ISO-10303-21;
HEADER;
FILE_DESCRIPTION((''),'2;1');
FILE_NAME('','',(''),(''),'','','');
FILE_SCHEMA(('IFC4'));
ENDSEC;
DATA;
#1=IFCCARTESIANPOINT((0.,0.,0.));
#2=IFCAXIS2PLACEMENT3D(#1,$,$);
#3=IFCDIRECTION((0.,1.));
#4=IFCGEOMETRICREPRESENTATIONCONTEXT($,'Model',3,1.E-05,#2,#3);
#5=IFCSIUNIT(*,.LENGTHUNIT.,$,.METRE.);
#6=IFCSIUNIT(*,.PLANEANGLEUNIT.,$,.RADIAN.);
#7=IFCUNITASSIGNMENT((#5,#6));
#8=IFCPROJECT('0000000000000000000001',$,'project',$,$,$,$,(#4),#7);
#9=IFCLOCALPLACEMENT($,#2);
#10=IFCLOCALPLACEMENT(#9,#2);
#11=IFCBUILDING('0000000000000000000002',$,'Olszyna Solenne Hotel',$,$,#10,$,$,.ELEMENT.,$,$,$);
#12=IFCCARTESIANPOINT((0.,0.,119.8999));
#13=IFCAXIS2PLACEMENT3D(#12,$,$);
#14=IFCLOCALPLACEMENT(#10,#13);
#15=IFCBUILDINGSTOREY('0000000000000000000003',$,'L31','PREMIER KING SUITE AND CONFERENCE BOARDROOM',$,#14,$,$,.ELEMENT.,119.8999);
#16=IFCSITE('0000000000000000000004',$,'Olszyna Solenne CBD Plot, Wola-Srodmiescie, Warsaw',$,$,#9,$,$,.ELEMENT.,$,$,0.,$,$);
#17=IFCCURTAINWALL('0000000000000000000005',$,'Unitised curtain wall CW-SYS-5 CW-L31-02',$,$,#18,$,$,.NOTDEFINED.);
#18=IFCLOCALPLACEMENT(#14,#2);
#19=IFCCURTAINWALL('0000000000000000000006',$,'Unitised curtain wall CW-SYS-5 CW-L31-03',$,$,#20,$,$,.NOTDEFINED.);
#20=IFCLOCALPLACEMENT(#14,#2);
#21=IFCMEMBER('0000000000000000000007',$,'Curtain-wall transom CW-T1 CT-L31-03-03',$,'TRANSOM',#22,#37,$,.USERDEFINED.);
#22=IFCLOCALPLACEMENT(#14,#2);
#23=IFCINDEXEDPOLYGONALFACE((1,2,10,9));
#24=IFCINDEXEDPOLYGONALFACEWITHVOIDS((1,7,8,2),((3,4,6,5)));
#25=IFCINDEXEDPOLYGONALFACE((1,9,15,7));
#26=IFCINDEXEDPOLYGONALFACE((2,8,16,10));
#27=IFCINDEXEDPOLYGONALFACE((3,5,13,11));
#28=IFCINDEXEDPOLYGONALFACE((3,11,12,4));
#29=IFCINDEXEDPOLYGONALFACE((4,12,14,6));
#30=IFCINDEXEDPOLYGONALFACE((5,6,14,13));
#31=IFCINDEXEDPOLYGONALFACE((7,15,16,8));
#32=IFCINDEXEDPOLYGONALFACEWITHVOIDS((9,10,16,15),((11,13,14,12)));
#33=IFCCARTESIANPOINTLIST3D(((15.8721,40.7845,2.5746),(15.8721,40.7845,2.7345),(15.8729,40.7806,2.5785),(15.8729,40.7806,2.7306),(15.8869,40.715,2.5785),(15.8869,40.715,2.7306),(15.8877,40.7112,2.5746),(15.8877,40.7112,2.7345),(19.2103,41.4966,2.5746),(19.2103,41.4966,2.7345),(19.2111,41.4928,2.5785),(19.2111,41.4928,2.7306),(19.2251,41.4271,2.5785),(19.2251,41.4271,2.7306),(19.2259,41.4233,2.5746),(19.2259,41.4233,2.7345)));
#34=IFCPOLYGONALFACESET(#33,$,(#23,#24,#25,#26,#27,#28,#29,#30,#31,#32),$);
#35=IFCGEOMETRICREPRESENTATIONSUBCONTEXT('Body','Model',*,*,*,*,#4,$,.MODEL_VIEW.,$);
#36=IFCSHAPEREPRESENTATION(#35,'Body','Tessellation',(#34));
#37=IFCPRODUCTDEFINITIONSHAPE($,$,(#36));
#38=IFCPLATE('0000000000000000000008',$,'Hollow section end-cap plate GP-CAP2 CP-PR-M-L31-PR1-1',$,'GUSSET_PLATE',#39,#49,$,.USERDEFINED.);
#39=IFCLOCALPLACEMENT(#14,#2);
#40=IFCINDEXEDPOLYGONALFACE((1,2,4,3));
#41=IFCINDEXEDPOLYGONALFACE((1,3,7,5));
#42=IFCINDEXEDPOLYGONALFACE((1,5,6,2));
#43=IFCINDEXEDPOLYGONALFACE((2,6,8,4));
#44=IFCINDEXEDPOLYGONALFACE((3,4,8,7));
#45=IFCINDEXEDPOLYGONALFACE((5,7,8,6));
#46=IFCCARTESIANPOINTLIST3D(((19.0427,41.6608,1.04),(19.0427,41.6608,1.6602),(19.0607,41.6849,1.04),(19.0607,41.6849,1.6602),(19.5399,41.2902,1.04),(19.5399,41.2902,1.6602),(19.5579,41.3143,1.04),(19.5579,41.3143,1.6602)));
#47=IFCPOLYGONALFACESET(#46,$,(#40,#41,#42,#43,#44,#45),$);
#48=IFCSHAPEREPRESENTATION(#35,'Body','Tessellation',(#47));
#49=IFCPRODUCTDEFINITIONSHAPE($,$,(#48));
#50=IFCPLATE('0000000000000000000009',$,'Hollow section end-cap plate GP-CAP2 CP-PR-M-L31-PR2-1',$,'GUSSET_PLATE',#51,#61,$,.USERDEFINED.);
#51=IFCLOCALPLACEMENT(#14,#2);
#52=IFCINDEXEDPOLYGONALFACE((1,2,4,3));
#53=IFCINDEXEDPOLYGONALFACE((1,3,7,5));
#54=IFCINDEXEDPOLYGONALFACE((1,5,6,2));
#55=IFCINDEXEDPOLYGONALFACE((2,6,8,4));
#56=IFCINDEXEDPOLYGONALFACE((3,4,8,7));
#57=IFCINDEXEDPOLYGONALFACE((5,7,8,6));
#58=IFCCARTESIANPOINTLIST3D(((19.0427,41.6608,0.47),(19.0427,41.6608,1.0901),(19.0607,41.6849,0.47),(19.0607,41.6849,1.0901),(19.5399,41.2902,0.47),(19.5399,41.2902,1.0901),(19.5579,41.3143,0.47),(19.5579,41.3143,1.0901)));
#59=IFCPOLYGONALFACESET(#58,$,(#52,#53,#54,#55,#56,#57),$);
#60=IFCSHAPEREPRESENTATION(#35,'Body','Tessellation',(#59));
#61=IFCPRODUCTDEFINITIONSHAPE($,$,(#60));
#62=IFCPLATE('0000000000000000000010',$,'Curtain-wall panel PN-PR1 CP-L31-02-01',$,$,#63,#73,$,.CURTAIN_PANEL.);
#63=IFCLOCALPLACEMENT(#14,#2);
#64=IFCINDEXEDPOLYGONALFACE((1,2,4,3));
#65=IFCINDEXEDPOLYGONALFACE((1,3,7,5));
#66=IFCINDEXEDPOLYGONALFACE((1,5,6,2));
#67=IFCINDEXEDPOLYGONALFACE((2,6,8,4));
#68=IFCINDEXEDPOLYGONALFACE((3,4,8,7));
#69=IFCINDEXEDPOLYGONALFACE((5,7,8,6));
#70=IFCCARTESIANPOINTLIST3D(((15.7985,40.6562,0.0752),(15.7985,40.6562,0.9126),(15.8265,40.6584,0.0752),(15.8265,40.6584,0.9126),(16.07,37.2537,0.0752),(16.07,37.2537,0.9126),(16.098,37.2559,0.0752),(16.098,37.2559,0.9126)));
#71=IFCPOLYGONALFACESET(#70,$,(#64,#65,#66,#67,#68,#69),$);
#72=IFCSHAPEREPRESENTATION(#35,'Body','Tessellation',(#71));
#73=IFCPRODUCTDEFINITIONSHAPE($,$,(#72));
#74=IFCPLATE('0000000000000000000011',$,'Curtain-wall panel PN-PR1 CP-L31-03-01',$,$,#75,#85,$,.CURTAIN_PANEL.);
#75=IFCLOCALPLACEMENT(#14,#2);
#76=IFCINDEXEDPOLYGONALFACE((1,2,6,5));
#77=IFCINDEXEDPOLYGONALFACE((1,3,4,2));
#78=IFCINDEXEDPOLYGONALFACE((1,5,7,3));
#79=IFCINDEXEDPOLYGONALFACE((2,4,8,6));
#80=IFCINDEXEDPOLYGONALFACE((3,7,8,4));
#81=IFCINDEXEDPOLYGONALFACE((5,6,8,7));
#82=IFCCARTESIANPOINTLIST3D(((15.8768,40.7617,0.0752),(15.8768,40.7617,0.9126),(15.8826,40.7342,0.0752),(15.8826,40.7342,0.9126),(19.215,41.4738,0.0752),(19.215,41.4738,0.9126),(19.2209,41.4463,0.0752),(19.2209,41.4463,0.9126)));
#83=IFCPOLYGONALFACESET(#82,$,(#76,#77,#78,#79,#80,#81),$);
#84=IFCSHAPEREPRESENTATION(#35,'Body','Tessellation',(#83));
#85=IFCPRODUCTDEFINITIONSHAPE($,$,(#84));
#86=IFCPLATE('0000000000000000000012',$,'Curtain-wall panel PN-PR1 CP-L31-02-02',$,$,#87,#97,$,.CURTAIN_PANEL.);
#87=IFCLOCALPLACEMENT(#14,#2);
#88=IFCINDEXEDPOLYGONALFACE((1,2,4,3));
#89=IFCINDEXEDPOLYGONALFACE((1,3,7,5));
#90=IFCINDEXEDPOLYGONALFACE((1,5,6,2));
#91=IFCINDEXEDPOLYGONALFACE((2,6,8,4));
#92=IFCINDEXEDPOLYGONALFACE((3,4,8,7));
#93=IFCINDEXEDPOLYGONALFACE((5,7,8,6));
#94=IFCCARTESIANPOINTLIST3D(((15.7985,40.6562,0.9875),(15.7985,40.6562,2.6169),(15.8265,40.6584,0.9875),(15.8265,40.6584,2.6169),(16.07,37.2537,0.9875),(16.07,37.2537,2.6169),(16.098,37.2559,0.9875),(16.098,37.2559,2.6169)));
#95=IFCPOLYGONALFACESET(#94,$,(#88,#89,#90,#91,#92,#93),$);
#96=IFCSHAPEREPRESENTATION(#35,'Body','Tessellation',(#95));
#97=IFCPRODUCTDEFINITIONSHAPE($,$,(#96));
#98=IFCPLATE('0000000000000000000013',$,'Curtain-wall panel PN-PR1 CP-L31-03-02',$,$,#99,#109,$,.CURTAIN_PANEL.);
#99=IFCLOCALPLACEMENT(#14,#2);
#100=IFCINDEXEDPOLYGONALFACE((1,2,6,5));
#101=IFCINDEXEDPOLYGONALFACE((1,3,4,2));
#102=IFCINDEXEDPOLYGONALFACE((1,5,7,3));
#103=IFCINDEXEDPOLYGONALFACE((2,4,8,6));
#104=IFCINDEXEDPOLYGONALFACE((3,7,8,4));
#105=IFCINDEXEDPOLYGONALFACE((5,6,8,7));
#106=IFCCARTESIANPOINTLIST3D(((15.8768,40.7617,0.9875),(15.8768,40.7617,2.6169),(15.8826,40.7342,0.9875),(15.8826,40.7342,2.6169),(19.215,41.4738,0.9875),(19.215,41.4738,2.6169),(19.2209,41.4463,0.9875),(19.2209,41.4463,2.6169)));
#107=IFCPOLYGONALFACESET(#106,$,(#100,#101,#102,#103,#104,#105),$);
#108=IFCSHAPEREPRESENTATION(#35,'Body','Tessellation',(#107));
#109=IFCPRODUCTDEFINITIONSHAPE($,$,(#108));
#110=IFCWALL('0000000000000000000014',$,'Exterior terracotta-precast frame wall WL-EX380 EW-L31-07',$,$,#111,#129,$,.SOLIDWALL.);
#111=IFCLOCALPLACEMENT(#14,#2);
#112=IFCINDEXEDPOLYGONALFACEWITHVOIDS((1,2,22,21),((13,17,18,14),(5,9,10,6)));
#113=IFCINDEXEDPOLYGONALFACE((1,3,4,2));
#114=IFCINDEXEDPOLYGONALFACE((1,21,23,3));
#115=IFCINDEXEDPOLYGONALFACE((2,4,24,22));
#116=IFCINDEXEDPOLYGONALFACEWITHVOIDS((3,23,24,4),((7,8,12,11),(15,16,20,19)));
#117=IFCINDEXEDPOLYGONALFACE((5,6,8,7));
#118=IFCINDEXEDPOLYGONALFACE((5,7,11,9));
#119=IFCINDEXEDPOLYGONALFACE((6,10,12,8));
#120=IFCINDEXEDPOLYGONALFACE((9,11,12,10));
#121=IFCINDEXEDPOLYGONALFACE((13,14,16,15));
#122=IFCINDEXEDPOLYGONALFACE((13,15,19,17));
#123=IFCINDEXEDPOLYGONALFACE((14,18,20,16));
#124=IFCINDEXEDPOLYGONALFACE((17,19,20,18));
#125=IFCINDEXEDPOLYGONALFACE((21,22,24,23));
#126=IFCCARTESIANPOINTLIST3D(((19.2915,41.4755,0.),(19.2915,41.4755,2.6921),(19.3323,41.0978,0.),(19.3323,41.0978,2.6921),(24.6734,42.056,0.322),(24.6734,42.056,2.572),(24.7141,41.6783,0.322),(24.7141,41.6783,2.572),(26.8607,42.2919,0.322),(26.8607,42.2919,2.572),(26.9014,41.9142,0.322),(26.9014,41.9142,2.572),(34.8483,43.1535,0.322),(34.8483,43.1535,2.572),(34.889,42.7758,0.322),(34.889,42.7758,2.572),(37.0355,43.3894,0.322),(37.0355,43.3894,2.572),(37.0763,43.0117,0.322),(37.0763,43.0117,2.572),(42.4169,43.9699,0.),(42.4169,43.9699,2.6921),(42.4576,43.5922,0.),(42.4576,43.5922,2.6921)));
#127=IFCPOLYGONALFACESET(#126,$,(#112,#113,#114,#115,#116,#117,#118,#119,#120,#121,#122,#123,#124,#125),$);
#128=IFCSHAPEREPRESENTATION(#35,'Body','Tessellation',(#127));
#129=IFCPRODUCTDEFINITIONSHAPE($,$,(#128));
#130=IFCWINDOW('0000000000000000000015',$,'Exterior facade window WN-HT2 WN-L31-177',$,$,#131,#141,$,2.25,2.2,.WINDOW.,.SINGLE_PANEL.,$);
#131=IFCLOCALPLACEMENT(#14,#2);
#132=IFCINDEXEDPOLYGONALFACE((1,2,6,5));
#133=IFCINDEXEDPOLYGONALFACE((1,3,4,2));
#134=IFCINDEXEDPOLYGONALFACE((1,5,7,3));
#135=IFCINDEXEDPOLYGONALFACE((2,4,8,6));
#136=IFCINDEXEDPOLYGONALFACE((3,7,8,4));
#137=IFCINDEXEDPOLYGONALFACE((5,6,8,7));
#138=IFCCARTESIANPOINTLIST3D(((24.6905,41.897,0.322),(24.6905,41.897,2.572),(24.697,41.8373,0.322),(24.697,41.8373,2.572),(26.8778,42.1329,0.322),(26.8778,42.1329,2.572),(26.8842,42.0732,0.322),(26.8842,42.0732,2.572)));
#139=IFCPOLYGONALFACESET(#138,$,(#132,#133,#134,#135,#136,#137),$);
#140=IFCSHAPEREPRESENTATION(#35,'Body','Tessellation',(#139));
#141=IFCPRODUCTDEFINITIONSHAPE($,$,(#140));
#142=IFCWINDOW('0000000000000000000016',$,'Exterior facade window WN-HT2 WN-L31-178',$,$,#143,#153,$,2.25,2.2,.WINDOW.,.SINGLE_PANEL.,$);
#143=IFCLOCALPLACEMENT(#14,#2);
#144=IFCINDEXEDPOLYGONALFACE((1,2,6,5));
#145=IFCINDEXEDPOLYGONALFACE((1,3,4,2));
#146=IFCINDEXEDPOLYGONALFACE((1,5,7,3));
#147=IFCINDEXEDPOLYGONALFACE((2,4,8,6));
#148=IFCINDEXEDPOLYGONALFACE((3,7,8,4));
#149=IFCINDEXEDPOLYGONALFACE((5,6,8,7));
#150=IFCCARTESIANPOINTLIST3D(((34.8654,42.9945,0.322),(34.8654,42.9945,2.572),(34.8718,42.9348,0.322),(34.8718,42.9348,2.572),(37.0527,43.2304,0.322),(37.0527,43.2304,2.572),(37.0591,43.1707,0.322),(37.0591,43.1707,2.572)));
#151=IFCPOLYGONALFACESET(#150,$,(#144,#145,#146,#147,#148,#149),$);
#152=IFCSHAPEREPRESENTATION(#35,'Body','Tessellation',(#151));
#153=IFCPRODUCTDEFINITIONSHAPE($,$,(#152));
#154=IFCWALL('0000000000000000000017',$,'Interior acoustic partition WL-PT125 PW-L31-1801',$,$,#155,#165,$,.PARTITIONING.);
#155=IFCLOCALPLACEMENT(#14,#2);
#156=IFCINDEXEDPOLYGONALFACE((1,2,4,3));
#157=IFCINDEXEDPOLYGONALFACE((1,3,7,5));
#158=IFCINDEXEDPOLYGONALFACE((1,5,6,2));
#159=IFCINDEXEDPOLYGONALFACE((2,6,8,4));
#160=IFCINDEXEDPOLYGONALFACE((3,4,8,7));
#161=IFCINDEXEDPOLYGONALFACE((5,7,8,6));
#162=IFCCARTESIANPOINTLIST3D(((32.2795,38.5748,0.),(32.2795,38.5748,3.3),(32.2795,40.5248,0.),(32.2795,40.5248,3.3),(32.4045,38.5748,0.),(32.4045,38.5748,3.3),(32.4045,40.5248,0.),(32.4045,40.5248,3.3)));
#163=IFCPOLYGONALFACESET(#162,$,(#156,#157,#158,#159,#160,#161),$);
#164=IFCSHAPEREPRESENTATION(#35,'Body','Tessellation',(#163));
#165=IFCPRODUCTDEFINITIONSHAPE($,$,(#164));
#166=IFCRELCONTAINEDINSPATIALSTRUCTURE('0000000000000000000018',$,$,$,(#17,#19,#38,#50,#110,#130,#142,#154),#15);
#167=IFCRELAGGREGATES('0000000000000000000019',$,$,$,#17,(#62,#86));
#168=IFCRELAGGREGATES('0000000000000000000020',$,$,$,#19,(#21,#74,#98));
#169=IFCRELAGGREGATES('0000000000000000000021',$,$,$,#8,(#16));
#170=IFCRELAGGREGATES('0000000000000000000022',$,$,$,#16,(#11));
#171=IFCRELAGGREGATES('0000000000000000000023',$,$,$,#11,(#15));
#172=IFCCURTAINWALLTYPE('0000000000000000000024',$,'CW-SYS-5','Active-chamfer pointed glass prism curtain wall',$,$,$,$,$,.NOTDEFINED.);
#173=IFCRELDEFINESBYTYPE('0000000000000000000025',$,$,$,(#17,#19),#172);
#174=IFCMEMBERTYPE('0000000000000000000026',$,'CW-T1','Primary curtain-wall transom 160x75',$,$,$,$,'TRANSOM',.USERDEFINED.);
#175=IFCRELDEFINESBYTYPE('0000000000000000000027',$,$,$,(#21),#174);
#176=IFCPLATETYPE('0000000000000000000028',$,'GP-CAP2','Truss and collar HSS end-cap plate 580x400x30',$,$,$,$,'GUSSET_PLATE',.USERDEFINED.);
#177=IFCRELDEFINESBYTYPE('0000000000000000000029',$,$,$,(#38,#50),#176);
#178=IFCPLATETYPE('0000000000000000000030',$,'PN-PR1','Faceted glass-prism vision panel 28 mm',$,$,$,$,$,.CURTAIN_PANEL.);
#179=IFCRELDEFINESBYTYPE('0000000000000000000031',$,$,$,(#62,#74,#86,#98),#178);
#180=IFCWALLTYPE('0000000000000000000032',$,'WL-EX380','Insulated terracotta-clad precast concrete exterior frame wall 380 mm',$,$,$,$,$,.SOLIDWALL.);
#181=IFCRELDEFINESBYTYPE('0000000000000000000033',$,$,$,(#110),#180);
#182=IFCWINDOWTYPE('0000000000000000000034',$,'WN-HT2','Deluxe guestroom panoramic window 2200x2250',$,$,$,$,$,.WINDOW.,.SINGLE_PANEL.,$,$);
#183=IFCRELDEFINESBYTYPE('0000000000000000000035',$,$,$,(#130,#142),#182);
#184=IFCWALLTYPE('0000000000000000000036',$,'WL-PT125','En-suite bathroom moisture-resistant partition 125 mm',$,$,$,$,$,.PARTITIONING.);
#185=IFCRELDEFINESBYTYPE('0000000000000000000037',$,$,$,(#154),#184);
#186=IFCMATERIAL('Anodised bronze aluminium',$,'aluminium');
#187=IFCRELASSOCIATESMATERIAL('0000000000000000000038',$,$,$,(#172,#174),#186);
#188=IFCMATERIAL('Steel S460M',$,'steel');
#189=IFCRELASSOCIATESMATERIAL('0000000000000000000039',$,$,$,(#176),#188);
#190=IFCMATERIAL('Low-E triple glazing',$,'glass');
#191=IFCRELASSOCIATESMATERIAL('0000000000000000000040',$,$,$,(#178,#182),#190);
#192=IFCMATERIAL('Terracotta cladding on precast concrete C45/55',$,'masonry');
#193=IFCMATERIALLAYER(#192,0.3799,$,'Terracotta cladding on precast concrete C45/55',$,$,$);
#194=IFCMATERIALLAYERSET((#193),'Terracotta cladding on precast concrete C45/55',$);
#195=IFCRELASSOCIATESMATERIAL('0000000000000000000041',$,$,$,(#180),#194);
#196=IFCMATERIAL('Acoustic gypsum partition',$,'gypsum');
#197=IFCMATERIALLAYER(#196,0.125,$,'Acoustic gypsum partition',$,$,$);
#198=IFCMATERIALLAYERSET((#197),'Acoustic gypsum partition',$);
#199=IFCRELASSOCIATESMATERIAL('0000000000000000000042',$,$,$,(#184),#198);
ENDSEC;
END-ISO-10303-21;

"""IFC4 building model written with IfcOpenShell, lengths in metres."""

from ifc_helpers import new_model, si_unit, direction, frame, frame_2d, origin, origin_2d, place, context, subcontext, project, spatial, rectangle, hollow_rectangle, extrude, source, transform, mapped, material, layer, layer_set, material_profile, profile_set, type_object, type_shapes, element, fill, aggregate, save


model = new_model("IFC4")

# Units and contexts
model_context = context("Model", 3, precision=1e-05, world=origin(), true_north=direction((0.0, 1.0)))
body_context = subcontext(model_context, "Body", "Model", "MODEL_VIEW")
ifc_project = project(units=[si_unit("LENGTHUNIT", "METRE"), si_unit("PLANEANGLEUNIT", "RADIAN")], contexts=[model_context])

# Site, building, storey
site_placement = place(None, origin())
site = spatial("IfcSite", under=ifc_project, at=site_placement, Name="Olszyna Solenne CBD Plot, Wola-Srodmiescie, Warsaw", CompositionType="ELEMENT", RefElevation=0.0)
building_placement = place(site_placement, origin())
building = spatial("IfcBuilding", under=site, at=building_placement, Name="Olszyna Solenne Hotel", CompositionType="ELEMENT")
storey_placement = place(building_placement, frame((0.0, 0.0, 119.8999)))
storey = spatial("IfcBuildingStorey", under=building, at=storey_placement, Name="L31", Description="PREMIER KING SUITE AND CONFERENCE BOARDROOM", CompositionType="ELEMENT", Elevation=119.8999)

# Shared definitions
ifc_material_1 = material(Name="Steel S460M", Category="steel")

# Curtain wall
ifc_material_2 = material(Name="Anodised bronze aluminium", Category="aluminium")
curtain_wall_type = type_object("IfcCurtainWallType", Name="CW-SYS-5", Description="Active-chamfer pointed glass prism curtain wall", PredefinedType="NOTDEFINED", material=ifc_material_2)
curtain_wall_1_placement = place(storey_placement, origin())
curtain_wall_1 = element("IfcCurtainWall", 1, at=curtain_wall_1_placement, inside=storey, type_object=curtain_wall_type, Name="Unitised curtain wall CW-SYS-5 CW-L31-02", PredefinedType="NOTDEFINED")

# Curtain wall
curtain_wall_2_placement = place(storey_placement, origin())
curtain_wall_2 = element("IfcCurtainWall", 2, at=curtain_wall_2_placement, inside=storey, type_object=curtain_wall_type, Name="Unitised curtain wall CW-SYS-5 CW-L31-03", PredefinedType="NOTDEFINED")

# Member
ifc_material_profile_1 = material_profile(ifc_material_2, hollow_rectangle(XDim=0.075, YDim=0.1599, WallThickness=0.0039, at=origin_2d()), Name="TRAN 160x75x4", Category="load-bearing")
ifc_profile_set_1 = profile_set([ifc_material_profile_1], Name="Anodised bronze aluminium")
member_type_1 = type_object("IfcMemberType", Name="CW-T1", Description="Primary curtain-wall transom 160x75", ElementType="TRANSOM", PredefinedType="USERDEFINED", material=ifc_profile_set_1)
shared_shape_1 = source(origin(), body_context, "Body", "SweptSolid", [
    extrude(hollow_rectangle(XDim=0.075, YDim=0.1599, WallThickness=0.0039, at=origin_2d()), origin(), (0.0, 0.0, 1.0), 3.4133),
])
member_1_placement = place(storey_placement, frame((15.8799, 40.7478, 2.6545), z_axis=(0.977991, 0.208645, 0.0), x_axis=(-0.208645, 0.977991, 0.0)))
member_1 = element("IfcMember", 3, at=member_1_placement, type_object=member_type_1, Name="Curtain-wall transom CW-T1 CT-L31-03-03", ObjectType="TRANSOM", PredefinedType="USERDEFINED", context=body_context, shape_type="MappedRepresentation", body=[
    mapped(shared_shape_1, transform((0.0, 0.0, 0.0), x_axis=(1.0, 0.0, 0.0), y_axis=(0.0, 1.0, 0.0), z_axis=(0.0, 0.0, 1.0), scale=1.0)),
])

# Plates
plate_type_1 = type_object("IfcPlateType", Name="GP-CAP2", Description="Truss and collar HSS end-cap plate 580x400x30", ElementType="GUSSET_PLATE", PredefinedType="USERDEFINED", material=ifc_material_1)
shared_shape_2 = source(origin(), body_context, "Body", "SweptSolid", [
    extrude(rectangle(XDim=0.03, YDim=0.6201, at=origin_2d()), origin(), (0.0, 0.0, 1.0), 0.6201),
])
for number, where, z_axis, x_axis, name in (
    (4, (19.3003, 41.4875, 1.04), (0.0, 0.0, 1.0), (-0.597625, -0.801776, 0.0), "Hollow section end-cap plate GP-CAP2 CP-PR-M-L31-PR1-1"),
    (5, (19.3003, 41.4875, 0.47), (0.0, 0.0, 1.0), (-0.597625, -0.801776, 0.0), "Hollow section end-cap plate GP-CAP2 CP-PR-M-L31-PR2-1"),
):
    element("IfcPlate", number, at=place(storey_placement, frame(where, z_axis=z_axis, x_axis=x_axis)), inside=storey, type_object=plate_type_1, Name=name, ObjectType="GUSSET_PLATE", PredefinedType="USERDEFINED", context=body_context, shape_type="MappedRepresentation", body=[
        mapped(shared_shape_2, transform((0.0, 0.0, 0.0), x_axis=(1.0, 0.0, 0.0), y_axis=(0.0, 1.0, 0.0), z_axis=(0.0, 0.0, 1.0), scale=1.0)),
    ])

# Plates
ifc_material_3 = material(Name="Low-E triple glazing", Category="glass")
plate_type_2 = type_object("IfcPlateType", Name="PN-PR1", Description="Faceted glass-prism vision panel 28 mm", PredefinedType="CURTAIN_PANEL", material=ifc_material_3)
shared_shape_3 = source(origin(), body_context, "Body", "SweptSolid", [
    extrude(rectangle(XDim=3.4133, YDim=0.0281, at=origin_2d()), origin(), (0.0, 0.0, 1.0), 0.8374),
])
plate_1_placement = place(storey_placement, frame((15.9482, 38.9561, 0.0752), z_axis=(0.0, 0.0, 1.0), x_axis=(0.079559, -0.99683, 0.0)))
plate_1 = element("IfcPlate", 6, at=plate_1_placement, type_object=plate_type_2, Name="Curtain-wall panel PN-PR1 CP-L31-02-01", PredefinedType="CURTAIN_PANEL", context=body_context, shape_type="MappedRepresentation", body=[
    mapped(shared_shape_3, transform((0.0, 0.0, 0.0), x_axis=(1.0, 0.0, 0.0), y_axis=(0.0, 1.0, 0.0), z_axis=(0.0, 0.0, 1.0), scale=1.0)),
])
plate_2_placement = place(storey_placement, frame((17.5488, 41.104, 0.0752), z_axis=(0.0, 0.0, 1.0), x_axis=(0.977995, 0.208626, 0.0)))
plate_2 = element("IfcPlate", 7, at=plate_2_placement, type_object=plate_type_2, Name="Curtain-wall panel PN-PR1 CP-L31-03-01", PredefinedType="CURTAIN_PANEL", context=body_context, shape_type="MappedRepresentation", body=[
    mapped(shared_shape_3, transform((0.0, 0.0, 0.0), x_axis=(1.0, 0.0, 0.0), y_axis=(0.0, 1.0, 0.0), z_axis=(0.0, 0.0, 1.0), scale=1.0)),
])
shared_shape_4 = source(origin(), body_context, "Body", "SweptSolid", [
    extrude(rectangle(XDim=3.4133, YDim=0.0281, at=origin_2d()), origin(), (0.0, 0.0, 1.0), 1.6294),
])
plate_3_placement = place(storey_placement, frame((15.9482, 38.9561, 0.9875), z_axis=(0.0, 0.0, 1.0), x_axis=(0.079559, -0.99683, 0.0)))
plate_3 = element("IfcPlate", 8, at=plate_3_placement, type_object=plate_type_2, Name="Curtain-wall panel PN-PR1 CP-L31-02-02", PredefinedType="CURTAIN_PANEL", context=body_context, shape_type="MappedRepresentation", body=[
    mapped(shared_shape_4, transform((0.0, 0.0, 0.0), x_axis=(1.0, 0.0, 0.0), y_axis=(0.0, 1.0, 0.0), z_axis=(0.0, 0.0, 1.0), scale=1.0)),
])
aggregate(curtain_wall_1, [plate_1, plate_3])
plate_4_placement = place(storey_placement, frame((17.5488, 41.104, 0.9875), z_axis=(0.0, 0.0, 1.0), x_axis=(0.977995, 0.208626, 0.0)))
plate_4 = element("IfcPlate", 9, at=plate_4_placement, type_object=plate_type_2, Name="Curtain-wall panel PN-PR1 CP-L31-03-02", PredefinedType="CURTAIN_PANEL", context=body_context, shape_type="MappedRepresentation", body=[
    mapped(shared_shape_4, transform((0.0, 0.0, 0.0), x_axis=(1.0, 0.0, 0.0), y_axis=(0.0, 1.0, 0.0), z_axis=(0.0, 0.0, 1.0), scale=1.0)),
])
aggregate(curtain_wall_2, [member_1, plate_2, plate_4])

# Wall, openings, windows
ifc_material_4 = material(Name="Terracotta cladding on precast concrete C45/55", Category="masonry")
ifc_layer_1 = layer(ifc_material_4, 0.3799, Name="Terracotta cladding on precast concrete C45/55")
ifc_layer_set_1 = layer_set([ifc_layer_1], Name="Terracotta cladding on precast concrete C45/55")
wall_type_1 = type_object("IfcWallType", Name="WL-EX380", Description="Insulated terracotta-clad precast concrete exterior frame wall 380 mm", PredefinedType="SOLIDWALL", material=ifc_layer_set_1)
wall_1_placement = place(storey_placement, frame((19.3118, 41.2866, 0.0), z_axis=(0.0, 0.0, 1.0), x_axis=(0.994233, 0.107241, 0.0)))
wall_1 = element("IfcWall", 10, at=wall_1_placement, inside=storey, type_object=wall_type_1, Name="Exterior terracotta-precast frame wall WL-EX380 EW-L31-07", PredefinedType="SOLIDWALL", context=body_context, shape_type="SweptSolid", body=[
    extrude(rectangle(XDim=23.2595, YDim=0.3799, at=frame_2d((11.6299, 0.0))), origin(), (0.0, 0.0, 1.0), 2.6921),
])
opening_1_placement = place(wall_1_placement, frame((5.4131, 0.0, 0.322)))
opening_1 = element("IfcOpeningElement", 11, at=opening_1_placement, cuts=wall_1, PredefinedType="OPENING", context=body_context, shape_type="SweptSolid", body=[
    extrude(rectangle(XDim=2.2, YDim=2.25, at=frame_2d((1.1001, 1.125))), frame((0.0, 0.2, 0.0), z_axis=(0.0, -1.0, 0.0), x_axis=(1.0, 0.0, 0.0)), (0.0, 0.0, 1.0), 0.3999),
])
opening_2_placement = place(wall_1_placement, frame((15.647, 0.0, 0.322)))
opening_2 = element("IfcOpeningElement", 12, at=opening_2_placement, cuts=wall_1, PredefinedType="OPENING", context=body_context, shape_type="SweptSolid", body=[
    extrude(rectangle(XDim=2.2, YDim=2.25, at=frame_2d((1.1001, 1.125))), frame((0.0, 0.2, 0.0), z_axis=(0.0, -1.0, 0.0), x_axis=(1.0, 0.0, 0.0)), (0.0, 0.0, 1.0), 0.3999),
])
window_type = type_object("IfcWindowType", Name="WN-HT2", Description="Deluxe guestroom panoramic window 2200x2250", PartitioningType="SINGLE_PANEL", PredefinedType="WINDOW", material=ifc_material_3)
shared_shape_5 = source(origin(), body_context, "Body", "SweptSolid", [
    extrude(rectangle(XDim=2.2, YDim=2.25, at=frame_2d((1.1001, 1.125))), frame((0.0, 0.03, 0.0), z_axis=(0.0, -1.0, 0.0), x_axis=(1.0, 0.0, 0.0)), (0.0, 0.0, 1.0), 0.0601),
])
type_shapes(window_type, [shared_shape_5])
window_1_placement = place(opening_1_placement, origin())
window_1 = element("IfcWindow", 13, at=window_1_placement, inside=storey, type_object=window_type, Name="Exterior facade window WN-HT2 WN-L31-177", OverallHeight=2.25, OverallWidth=2.2, PartitioningType="SINGLE_PANEL", PredefinedType="WINDOW", context=body_context, shape_type="MappedRepresentation", body=[
    mapped(shared_shape_5, transform((0.0, 0.0, 0.0), x_axis=(1.0, 0.0, 0.0), y_axis=(0.0, 1.0, 0.0), z_axis=(0.0, 0.0, 1.0), scale=1.0)),
])
fill(opening_1, window_1)
window_2_placement = place(opening_2_placement, origin())
window_2 = element("IfcWindow", 14, at=window_2_placement, inside=storey, type_object=window_type, Name="Exterior facade window WN-HT2 WN-L31-178", OverallHeight=2.25, OverallWidth=2.2, PartitioningType="SINGLE_PANEL", PredefinedType="WINDOW", context=body_context, shape_type="MappedRepresentation", body=[
    mapped(shared_shape_5, transform((0.0, 0.0, 0.0), x_axis=(1.0, 0.0, 0.0), y_axis=(0.0, 1.0, 0.0), z_axis=(0.0, 0.0, 1.0), scale=1.0)),
])
fill(opening_2, window_2)

# Wall
ifc_material_5 = material(Name="Acoustic gypsum partition", Category="gypsum")
ifc_layer_2 = layer(ifc_material_5, 0.125, Name="Acoustic gypsum partition")
ifc_layer_set_2 = layer_set([ifc_layer_2], Name="Acoustic gypsum partition")
wall_type_2 = type_object("IfcWallType", Name="WL-PT125", Description="En-suite bathroom moisture-resistant partition 125 mm", PredefinedType="PARTITIONING", material=ifc_layer_set_2)
wall_2_placement = place(storey_placement, frame((32.342, 40.5249, 0.0), z_axis=(0.0, 0.0, 1.0), x_axis=(0.0, -1.0, 0.0)))
element("IfcWall", 15, at=wall_2_placement, inside=storey, type_object=wall_type_2, Name="Interior acoustic partition WL-PT125 PW-L31-1801", PredefinedType="PARTITIONING", context=body_context, shape_type="SweptSolid", body=[
    extrude(rectangle(XDim=1.95, YDim=0.125, at=frame_2d((0.9751, 0.0))), origin(), (0.0, 0.0, 1.0), 3.3),
])

save(model, "model.ifc")
